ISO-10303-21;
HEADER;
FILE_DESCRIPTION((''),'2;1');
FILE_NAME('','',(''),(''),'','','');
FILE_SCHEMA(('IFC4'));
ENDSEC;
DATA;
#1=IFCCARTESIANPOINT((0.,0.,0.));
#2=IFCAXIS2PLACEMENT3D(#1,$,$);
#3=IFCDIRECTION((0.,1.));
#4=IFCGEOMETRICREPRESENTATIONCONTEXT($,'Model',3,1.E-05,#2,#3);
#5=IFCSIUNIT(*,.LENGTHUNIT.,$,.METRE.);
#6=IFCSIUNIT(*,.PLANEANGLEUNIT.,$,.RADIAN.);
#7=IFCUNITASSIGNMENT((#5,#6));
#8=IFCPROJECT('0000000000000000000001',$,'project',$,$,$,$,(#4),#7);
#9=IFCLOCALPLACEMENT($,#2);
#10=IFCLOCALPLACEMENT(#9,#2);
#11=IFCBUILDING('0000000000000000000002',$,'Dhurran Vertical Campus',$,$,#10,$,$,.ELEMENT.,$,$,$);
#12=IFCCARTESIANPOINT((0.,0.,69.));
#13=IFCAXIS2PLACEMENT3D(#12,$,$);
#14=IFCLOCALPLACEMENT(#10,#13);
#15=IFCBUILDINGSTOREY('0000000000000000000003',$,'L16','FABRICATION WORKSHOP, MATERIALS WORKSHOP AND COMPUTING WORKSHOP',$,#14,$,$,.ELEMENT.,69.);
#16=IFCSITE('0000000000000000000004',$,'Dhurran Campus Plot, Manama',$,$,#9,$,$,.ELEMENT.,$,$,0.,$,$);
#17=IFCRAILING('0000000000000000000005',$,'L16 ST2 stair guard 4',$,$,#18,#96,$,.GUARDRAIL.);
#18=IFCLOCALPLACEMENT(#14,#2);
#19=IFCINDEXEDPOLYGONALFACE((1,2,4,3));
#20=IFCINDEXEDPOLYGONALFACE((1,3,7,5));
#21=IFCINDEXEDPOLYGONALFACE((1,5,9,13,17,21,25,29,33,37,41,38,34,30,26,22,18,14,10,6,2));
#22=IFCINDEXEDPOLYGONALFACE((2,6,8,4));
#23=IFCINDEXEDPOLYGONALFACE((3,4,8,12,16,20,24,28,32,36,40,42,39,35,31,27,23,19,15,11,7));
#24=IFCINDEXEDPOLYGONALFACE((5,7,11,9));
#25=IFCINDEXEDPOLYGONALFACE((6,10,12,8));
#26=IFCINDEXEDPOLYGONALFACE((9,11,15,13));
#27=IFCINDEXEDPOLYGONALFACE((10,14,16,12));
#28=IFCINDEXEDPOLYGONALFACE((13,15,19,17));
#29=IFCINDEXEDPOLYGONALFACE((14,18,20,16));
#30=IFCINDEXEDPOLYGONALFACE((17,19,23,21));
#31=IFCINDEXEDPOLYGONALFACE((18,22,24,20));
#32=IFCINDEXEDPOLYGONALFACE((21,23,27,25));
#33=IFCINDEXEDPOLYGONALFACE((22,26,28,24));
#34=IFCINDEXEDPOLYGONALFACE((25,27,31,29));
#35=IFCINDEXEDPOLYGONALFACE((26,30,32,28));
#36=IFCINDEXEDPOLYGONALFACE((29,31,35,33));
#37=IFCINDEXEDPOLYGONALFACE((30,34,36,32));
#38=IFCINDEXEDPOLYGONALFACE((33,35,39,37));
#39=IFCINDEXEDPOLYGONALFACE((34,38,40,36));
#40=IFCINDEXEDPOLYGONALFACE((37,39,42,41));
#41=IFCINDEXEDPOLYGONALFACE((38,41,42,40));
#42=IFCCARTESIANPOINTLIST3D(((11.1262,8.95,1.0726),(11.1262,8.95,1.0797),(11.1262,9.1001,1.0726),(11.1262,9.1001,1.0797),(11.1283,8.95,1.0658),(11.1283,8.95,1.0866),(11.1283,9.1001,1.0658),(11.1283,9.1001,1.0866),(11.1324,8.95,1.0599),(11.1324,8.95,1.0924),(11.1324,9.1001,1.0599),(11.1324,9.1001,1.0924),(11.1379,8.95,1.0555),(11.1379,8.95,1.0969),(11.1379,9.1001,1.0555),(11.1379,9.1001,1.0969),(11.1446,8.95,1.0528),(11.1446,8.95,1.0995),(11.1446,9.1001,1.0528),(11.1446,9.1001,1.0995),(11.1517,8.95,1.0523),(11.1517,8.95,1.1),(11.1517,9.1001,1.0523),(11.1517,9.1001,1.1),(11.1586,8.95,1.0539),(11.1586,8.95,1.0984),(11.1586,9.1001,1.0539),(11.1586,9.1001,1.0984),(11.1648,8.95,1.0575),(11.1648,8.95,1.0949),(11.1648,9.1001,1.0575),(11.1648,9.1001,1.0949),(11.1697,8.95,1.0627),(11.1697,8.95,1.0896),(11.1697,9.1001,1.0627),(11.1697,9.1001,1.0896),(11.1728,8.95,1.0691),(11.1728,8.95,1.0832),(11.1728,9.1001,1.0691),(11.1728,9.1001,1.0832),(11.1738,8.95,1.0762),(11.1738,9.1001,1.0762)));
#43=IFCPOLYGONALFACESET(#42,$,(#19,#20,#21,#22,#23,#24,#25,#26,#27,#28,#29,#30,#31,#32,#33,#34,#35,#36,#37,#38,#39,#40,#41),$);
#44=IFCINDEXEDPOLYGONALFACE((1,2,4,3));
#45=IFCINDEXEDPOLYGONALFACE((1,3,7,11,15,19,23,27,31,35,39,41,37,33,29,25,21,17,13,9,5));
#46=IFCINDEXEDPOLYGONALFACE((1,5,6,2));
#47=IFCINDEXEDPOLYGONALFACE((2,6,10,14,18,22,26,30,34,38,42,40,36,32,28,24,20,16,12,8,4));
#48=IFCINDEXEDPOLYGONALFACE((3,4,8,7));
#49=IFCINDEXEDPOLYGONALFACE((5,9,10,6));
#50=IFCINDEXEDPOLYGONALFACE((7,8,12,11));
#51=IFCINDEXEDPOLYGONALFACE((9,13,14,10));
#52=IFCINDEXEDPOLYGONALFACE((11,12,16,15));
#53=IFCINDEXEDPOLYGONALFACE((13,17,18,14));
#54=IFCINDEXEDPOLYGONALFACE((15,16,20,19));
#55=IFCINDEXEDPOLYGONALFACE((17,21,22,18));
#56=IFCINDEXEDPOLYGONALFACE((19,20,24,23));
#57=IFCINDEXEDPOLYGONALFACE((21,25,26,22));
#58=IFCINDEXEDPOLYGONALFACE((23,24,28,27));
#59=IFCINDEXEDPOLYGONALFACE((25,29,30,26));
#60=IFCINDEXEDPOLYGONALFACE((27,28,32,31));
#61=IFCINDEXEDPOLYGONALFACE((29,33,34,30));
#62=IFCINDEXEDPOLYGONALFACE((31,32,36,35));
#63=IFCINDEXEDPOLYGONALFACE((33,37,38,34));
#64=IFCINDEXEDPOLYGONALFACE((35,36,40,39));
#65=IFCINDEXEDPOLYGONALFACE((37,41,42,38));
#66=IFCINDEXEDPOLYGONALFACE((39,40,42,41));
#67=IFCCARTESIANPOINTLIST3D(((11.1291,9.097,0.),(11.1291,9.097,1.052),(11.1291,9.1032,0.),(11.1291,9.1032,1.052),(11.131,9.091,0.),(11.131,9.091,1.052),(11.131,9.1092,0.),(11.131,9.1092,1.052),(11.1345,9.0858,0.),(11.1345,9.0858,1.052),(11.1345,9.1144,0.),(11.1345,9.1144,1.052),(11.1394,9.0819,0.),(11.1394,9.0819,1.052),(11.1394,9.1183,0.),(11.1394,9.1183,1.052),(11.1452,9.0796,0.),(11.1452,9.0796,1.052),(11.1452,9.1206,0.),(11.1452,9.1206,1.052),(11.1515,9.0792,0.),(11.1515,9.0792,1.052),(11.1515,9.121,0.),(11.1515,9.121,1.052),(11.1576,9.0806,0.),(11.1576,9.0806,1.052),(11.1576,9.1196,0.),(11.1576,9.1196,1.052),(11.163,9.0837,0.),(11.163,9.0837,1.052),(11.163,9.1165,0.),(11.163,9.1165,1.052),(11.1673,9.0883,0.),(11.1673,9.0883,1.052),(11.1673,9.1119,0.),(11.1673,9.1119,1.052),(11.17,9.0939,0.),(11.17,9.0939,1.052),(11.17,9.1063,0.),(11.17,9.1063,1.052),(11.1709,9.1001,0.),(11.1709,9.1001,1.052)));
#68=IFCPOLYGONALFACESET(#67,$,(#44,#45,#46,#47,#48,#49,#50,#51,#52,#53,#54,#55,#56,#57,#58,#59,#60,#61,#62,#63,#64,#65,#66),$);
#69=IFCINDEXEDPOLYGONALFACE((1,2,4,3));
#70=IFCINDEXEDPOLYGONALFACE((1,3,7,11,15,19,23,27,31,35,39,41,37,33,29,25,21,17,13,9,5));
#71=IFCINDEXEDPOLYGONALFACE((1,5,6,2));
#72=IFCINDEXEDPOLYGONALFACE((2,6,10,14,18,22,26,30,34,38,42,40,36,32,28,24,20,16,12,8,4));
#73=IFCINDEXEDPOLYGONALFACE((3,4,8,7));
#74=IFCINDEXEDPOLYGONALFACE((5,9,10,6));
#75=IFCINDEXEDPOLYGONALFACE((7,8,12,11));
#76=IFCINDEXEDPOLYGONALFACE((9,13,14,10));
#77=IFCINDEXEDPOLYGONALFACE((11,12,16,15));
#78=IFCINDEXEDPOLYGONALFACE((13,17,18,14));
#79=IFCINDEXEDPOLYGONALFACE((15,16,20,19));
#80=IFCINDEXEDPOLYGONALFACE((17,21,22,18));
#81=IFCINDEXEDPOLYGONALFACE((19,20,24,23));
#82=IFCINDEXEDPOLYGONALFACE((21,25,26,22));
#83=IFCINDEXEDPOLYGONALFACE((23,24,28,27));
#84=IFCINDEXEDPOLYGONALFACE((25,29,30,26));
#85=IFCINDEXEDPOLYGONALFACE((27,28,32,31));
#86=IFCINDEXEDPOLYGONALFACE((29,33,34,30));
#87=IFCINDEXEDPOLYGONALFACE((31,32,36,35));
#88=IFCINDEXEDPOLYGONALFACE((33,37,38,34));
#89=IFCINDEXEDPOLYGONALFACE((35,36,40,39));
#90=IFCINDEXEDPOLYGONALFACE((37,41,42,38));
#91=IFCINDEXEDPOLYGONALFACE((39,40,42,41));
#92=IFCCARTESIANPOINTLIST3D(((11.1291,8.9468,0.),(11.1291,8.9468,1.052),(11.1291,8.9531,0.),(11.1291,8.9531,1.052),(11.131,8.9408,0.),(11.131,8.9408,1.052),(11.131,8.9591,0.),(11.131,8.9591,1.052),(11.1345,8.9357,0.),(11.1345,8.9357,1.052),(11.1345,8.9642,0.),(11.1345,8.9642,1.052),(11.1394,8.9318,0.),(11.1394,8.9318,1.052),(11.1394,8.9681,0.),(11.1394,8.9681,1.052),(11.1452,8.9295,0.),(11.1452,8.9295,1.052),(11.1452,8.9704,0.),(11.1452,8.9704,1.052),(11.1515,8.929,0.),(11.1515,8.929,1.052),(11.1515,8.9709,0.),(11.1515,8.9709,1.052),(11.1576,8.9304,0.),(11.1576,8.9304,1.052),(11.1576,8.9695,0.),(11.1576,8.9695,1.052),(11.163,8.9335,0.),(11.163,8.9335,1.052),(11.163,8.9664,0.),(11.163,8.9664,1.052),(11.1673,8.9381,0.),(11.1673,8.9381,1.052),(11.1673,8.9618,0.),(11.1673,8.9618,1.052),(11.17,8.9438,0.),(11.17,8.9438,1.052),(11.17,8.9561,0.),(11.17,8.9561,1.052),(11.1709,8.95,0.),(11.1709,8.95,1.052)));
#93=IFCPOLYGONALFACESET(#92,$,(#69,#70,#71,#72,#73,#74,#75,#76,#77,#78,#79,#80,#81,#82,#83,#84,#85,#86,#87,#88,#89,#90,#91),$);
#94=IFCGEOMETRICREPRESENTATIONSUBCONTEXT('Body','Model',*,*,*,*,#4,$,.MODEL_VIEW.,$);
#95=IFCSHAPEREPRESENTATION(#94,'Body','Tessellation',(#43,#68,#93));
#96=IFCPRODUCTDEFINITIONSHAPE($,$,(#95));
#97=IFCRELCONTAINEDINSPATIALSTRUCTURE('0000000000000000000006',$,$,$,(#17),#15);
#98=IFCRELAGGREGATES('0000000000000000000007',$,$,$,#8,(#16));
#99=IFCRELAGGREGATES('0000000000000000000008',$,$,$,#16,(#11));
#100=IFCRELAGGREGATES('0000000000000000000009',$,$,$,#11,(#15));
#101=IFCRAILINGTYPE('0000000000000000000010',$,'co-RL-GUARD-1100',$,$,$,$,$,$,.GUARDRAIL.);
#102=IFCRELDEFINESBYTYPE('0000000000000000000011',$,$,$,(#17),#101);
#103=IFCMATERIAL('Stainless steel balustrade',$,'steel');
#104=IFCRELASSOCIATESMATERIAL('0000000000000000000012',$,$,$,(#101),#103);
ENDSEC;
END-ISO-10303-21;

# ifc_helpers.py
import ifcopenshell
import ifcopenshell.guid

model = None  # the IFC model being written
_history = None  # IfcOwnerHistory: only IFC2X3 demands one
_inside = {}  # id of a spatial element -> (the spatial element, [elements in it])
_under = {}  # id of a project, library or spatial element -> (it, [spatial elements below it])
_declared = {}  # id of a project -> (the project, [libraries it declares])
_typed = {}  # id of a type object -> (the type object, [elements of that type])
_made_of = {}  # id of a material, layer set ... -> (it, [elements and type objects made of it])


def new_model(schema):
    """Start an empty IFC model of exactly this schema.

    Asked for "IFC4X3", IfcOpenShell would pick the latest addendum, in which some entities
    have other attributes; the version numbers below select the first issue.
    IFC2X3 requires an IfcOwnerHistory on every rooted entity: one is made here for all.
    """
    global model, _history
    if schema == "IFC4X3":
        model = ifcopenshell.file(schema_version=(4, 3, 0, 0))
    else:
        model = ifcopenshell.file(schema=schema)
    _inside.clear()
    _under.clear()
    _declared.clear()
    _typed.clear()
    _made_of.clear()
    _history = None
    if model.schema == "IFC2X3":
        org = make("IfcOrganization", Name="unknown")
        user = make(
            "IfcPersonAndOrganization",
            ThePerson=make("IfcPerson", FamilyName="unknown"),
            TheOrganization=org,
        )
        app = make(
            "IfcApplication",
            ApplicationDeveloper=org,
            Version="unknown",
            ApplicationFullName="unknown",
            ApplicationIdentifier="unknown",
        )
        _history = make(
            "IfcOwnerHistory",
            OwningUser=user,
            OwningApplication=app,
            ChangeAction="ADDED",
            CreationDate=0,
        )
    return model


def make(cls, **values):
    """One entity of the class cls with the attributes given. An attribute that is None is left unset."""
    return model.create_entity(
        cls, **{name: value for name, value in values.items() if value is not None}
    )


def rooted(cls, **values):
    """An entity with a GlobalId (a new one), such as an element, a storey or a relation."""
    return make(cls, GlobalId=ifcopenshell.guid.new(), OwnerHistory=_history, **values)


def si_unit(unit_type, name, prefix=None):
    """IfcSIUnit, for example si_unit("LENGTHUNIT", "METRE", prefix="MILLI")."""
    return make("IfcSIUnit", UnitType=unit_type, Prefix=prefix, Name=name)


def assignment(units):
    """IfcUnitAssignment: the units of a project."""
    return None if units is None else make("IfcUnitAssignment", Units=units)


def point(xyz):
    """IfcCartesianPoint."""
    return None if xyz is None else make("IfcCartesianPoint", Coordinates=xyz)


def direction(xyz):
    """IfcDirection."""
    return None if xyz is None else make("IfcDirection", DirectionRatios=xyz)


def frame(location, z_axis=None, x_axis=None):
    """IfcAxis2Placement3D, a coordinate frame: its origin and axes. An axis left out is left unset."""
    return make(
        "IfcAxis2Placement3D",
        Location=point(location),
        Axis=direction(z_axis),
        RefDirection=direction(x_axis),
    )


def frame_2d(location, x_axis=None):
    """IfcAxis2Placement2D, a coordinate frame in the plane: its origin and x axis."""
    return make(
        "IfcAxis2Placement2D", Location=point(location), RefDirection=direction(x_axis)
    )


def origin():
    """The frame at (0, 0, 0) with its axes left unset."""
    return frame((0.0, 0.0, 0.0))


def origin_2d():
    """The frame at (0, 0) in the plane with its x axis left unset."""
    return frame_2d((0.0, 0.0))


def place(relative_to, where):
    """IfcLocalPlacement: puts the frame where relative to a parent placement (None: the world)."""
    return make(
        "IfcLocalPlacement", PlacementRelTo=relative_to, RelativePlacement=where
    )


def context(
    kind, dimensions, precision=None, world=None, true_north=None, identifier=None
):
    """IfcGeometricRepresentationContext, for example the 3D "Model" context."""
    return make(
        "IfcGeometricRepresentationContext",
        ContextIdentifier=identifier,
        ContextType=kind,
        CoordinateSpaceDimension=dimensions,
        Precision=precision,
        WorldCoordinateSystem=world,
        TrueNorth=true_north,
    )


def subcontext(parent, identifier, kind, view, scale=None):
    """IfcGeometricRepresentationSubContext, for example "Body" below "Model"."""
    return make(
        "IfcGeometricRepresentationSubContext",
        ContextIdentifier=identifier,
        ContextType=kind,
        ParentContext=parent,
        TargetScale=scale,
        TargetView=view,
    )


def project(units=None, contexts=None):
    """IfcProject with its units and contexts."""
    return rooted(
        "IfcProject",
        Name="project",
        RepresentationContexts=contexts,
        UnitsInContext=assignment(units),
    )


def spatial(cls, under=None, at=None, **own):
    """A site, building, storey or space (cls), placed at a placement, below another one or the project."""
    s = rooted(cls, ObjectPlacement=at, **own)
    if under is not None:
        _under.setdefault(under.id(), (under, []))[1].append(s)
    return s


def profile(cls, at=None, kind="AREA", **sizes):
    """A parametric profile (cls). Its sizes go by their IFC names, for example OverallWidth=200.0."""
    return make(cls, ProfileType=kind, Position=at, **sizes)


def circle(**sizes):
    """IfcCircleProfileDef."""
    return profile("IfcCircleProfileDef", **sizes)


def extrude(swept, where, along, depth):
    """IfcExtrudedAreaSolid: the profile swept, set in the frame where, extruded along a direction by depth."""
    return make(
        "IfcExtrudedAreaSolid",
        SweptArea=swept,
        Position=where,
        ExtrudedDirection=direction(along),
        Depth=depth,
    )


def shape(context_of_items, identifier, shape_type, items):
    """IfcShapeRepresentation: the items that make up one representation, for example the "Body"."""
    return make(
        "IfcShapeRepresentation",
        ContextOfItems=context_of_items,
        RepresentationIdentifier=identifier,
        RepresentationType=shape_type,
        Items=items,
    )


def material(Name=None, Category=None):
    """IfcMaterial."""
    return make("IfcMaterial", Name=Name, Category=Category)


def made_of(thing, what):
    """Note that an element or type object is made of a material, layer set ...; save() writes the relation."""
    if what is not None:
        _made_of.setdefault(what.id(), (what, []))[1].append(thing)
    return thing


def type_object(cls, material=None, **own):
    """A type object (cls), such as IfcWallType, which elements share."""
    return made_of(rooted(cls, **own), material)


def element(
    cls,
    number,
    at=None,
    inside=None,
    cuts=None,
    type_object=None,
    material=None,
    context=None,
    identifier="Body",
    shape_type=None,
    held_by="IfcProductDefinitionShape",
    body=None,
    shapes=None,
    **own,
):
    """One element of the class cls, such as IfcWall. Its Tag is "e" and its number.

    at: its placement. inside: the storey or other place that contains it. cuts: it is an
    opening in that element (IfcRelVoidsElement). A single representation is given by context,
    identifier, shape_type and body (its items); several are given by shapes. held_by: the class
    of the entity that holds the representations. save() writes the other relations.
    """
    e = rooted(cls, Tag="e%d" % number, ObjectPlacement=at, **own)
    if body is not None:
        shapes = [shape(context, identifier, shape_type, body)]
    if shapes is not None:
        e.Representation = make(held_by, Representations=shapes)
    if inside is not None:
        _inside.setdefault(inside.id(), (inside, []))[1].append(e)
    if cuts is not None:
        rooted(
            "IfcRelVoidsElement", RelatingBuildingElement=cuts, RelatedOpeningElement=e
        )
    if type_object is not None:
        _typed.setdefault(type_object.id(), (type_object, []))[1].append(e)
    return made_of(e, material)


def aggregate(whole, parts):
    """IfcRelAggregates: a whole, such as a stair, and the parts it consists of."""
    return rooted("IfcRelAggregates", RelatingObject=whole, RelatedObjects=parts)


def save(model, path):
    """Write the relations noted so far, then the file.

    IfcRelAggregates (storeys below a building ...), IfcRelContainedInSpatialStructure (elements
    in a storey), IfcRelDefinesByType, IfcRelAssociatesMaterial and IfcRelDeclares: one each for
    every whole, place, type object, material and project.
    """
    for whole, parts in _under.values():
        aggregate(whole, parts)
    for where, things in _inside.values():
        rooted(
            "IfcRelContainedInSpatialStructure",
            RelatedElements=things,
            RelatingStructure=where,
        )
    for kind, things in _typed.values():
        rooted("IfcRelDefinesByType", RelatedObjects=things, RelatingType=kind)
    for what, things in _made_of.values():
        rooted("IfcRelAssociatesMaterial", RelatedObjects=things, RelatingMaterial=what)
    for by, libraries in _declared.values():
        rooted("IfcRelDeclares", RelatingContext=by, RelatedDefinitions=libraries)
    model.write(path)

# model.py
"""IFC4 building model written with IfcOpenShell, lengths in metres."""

from ifc_helpers import new_model, si_unit, direction, frame, origin, origin_2d, place, context, subcontext, project, spatial, circle, extrude, material, type_object, element, save


model = new_model("IFC4")

# Units and contexts
model_context = context("Model", 3, precision=1e-05, world=origin(), true_north=direction((0.0, 1.0)))
body_context = subcontext(model_context, "Body", "Model", "MODEL_VIEW")
ifc_project = project(units=[si_unit("LENGTHUNIT", "METRE"), si_unit("PLANEANGLEUNIT", "RADIAN")], contexts=[model_context])

# Site, building, storey
site_placement = place(None, origin())
site = spatial("IfcSite", under=ifc_project, at=site_placement, Name="Dhurran Campus Plot, Manama", CompositionType="ELEMENT", RefElevation=0.0)
building_placement = place(site_placement, origin())
building = spatial("IfcBuilding", under=site, at=building_placement, Name="Dhurran Vertical Campus", CompositionType="ELEMENT")
storey_placement = place(building_placement, frame((0.0, 0.0, 69.0)))
storey = spatial("IfcBuildingStorey", under=building, at=storey_placement, Name="L16", Description="FABRICATION WORKSHOP, MATERIALS WORKSHOP AND COMPUTING WORKSHOP", CompositionType="ELEMENT", Elevation=69.0)

# Railing
ifc_material_1 = material(Name="Stainless steel balustrade", Category="steel")
railing_type_1 = type_object("IfcRailingType", Name="co-RL-GUARD-1100", PredefinedType="GUARDRAIL", material=ifc_material_1)
railing_1_placement = place(storey_placement, frame((11.1499, 9.1001, 0.0)))
element("IfcRailing", 1, at=railing_1_placement, inside=storey, type_object=railing_type_1, Name="L16 ST2 stair guard 4", PredefinedType="GUARDRAIL", context=body_context, shape_type="SweptSolid", body=[
    extrude(circle(Radius=0.0239, at=origin_2d()), frame((0.0, 0.0, 1.0762), z_axis=(0.0, -1.0, 0.0), x_axis=(1.0, 0.0, 0.0)), (0.0, 0.0, 1.0), 0.1501),
    extrude(circle(Radius=0.021, at=origin_2d()), origin(), (0.0, 0.0, 1.0), 1.052),
    extrude(circle(Radius=0.021, at=origin_2d()), frame((0.0, -0.1501, 0.0)), (0.0, 0.0, 1.0), 1.052),
])

save(model, "model.ifc")
